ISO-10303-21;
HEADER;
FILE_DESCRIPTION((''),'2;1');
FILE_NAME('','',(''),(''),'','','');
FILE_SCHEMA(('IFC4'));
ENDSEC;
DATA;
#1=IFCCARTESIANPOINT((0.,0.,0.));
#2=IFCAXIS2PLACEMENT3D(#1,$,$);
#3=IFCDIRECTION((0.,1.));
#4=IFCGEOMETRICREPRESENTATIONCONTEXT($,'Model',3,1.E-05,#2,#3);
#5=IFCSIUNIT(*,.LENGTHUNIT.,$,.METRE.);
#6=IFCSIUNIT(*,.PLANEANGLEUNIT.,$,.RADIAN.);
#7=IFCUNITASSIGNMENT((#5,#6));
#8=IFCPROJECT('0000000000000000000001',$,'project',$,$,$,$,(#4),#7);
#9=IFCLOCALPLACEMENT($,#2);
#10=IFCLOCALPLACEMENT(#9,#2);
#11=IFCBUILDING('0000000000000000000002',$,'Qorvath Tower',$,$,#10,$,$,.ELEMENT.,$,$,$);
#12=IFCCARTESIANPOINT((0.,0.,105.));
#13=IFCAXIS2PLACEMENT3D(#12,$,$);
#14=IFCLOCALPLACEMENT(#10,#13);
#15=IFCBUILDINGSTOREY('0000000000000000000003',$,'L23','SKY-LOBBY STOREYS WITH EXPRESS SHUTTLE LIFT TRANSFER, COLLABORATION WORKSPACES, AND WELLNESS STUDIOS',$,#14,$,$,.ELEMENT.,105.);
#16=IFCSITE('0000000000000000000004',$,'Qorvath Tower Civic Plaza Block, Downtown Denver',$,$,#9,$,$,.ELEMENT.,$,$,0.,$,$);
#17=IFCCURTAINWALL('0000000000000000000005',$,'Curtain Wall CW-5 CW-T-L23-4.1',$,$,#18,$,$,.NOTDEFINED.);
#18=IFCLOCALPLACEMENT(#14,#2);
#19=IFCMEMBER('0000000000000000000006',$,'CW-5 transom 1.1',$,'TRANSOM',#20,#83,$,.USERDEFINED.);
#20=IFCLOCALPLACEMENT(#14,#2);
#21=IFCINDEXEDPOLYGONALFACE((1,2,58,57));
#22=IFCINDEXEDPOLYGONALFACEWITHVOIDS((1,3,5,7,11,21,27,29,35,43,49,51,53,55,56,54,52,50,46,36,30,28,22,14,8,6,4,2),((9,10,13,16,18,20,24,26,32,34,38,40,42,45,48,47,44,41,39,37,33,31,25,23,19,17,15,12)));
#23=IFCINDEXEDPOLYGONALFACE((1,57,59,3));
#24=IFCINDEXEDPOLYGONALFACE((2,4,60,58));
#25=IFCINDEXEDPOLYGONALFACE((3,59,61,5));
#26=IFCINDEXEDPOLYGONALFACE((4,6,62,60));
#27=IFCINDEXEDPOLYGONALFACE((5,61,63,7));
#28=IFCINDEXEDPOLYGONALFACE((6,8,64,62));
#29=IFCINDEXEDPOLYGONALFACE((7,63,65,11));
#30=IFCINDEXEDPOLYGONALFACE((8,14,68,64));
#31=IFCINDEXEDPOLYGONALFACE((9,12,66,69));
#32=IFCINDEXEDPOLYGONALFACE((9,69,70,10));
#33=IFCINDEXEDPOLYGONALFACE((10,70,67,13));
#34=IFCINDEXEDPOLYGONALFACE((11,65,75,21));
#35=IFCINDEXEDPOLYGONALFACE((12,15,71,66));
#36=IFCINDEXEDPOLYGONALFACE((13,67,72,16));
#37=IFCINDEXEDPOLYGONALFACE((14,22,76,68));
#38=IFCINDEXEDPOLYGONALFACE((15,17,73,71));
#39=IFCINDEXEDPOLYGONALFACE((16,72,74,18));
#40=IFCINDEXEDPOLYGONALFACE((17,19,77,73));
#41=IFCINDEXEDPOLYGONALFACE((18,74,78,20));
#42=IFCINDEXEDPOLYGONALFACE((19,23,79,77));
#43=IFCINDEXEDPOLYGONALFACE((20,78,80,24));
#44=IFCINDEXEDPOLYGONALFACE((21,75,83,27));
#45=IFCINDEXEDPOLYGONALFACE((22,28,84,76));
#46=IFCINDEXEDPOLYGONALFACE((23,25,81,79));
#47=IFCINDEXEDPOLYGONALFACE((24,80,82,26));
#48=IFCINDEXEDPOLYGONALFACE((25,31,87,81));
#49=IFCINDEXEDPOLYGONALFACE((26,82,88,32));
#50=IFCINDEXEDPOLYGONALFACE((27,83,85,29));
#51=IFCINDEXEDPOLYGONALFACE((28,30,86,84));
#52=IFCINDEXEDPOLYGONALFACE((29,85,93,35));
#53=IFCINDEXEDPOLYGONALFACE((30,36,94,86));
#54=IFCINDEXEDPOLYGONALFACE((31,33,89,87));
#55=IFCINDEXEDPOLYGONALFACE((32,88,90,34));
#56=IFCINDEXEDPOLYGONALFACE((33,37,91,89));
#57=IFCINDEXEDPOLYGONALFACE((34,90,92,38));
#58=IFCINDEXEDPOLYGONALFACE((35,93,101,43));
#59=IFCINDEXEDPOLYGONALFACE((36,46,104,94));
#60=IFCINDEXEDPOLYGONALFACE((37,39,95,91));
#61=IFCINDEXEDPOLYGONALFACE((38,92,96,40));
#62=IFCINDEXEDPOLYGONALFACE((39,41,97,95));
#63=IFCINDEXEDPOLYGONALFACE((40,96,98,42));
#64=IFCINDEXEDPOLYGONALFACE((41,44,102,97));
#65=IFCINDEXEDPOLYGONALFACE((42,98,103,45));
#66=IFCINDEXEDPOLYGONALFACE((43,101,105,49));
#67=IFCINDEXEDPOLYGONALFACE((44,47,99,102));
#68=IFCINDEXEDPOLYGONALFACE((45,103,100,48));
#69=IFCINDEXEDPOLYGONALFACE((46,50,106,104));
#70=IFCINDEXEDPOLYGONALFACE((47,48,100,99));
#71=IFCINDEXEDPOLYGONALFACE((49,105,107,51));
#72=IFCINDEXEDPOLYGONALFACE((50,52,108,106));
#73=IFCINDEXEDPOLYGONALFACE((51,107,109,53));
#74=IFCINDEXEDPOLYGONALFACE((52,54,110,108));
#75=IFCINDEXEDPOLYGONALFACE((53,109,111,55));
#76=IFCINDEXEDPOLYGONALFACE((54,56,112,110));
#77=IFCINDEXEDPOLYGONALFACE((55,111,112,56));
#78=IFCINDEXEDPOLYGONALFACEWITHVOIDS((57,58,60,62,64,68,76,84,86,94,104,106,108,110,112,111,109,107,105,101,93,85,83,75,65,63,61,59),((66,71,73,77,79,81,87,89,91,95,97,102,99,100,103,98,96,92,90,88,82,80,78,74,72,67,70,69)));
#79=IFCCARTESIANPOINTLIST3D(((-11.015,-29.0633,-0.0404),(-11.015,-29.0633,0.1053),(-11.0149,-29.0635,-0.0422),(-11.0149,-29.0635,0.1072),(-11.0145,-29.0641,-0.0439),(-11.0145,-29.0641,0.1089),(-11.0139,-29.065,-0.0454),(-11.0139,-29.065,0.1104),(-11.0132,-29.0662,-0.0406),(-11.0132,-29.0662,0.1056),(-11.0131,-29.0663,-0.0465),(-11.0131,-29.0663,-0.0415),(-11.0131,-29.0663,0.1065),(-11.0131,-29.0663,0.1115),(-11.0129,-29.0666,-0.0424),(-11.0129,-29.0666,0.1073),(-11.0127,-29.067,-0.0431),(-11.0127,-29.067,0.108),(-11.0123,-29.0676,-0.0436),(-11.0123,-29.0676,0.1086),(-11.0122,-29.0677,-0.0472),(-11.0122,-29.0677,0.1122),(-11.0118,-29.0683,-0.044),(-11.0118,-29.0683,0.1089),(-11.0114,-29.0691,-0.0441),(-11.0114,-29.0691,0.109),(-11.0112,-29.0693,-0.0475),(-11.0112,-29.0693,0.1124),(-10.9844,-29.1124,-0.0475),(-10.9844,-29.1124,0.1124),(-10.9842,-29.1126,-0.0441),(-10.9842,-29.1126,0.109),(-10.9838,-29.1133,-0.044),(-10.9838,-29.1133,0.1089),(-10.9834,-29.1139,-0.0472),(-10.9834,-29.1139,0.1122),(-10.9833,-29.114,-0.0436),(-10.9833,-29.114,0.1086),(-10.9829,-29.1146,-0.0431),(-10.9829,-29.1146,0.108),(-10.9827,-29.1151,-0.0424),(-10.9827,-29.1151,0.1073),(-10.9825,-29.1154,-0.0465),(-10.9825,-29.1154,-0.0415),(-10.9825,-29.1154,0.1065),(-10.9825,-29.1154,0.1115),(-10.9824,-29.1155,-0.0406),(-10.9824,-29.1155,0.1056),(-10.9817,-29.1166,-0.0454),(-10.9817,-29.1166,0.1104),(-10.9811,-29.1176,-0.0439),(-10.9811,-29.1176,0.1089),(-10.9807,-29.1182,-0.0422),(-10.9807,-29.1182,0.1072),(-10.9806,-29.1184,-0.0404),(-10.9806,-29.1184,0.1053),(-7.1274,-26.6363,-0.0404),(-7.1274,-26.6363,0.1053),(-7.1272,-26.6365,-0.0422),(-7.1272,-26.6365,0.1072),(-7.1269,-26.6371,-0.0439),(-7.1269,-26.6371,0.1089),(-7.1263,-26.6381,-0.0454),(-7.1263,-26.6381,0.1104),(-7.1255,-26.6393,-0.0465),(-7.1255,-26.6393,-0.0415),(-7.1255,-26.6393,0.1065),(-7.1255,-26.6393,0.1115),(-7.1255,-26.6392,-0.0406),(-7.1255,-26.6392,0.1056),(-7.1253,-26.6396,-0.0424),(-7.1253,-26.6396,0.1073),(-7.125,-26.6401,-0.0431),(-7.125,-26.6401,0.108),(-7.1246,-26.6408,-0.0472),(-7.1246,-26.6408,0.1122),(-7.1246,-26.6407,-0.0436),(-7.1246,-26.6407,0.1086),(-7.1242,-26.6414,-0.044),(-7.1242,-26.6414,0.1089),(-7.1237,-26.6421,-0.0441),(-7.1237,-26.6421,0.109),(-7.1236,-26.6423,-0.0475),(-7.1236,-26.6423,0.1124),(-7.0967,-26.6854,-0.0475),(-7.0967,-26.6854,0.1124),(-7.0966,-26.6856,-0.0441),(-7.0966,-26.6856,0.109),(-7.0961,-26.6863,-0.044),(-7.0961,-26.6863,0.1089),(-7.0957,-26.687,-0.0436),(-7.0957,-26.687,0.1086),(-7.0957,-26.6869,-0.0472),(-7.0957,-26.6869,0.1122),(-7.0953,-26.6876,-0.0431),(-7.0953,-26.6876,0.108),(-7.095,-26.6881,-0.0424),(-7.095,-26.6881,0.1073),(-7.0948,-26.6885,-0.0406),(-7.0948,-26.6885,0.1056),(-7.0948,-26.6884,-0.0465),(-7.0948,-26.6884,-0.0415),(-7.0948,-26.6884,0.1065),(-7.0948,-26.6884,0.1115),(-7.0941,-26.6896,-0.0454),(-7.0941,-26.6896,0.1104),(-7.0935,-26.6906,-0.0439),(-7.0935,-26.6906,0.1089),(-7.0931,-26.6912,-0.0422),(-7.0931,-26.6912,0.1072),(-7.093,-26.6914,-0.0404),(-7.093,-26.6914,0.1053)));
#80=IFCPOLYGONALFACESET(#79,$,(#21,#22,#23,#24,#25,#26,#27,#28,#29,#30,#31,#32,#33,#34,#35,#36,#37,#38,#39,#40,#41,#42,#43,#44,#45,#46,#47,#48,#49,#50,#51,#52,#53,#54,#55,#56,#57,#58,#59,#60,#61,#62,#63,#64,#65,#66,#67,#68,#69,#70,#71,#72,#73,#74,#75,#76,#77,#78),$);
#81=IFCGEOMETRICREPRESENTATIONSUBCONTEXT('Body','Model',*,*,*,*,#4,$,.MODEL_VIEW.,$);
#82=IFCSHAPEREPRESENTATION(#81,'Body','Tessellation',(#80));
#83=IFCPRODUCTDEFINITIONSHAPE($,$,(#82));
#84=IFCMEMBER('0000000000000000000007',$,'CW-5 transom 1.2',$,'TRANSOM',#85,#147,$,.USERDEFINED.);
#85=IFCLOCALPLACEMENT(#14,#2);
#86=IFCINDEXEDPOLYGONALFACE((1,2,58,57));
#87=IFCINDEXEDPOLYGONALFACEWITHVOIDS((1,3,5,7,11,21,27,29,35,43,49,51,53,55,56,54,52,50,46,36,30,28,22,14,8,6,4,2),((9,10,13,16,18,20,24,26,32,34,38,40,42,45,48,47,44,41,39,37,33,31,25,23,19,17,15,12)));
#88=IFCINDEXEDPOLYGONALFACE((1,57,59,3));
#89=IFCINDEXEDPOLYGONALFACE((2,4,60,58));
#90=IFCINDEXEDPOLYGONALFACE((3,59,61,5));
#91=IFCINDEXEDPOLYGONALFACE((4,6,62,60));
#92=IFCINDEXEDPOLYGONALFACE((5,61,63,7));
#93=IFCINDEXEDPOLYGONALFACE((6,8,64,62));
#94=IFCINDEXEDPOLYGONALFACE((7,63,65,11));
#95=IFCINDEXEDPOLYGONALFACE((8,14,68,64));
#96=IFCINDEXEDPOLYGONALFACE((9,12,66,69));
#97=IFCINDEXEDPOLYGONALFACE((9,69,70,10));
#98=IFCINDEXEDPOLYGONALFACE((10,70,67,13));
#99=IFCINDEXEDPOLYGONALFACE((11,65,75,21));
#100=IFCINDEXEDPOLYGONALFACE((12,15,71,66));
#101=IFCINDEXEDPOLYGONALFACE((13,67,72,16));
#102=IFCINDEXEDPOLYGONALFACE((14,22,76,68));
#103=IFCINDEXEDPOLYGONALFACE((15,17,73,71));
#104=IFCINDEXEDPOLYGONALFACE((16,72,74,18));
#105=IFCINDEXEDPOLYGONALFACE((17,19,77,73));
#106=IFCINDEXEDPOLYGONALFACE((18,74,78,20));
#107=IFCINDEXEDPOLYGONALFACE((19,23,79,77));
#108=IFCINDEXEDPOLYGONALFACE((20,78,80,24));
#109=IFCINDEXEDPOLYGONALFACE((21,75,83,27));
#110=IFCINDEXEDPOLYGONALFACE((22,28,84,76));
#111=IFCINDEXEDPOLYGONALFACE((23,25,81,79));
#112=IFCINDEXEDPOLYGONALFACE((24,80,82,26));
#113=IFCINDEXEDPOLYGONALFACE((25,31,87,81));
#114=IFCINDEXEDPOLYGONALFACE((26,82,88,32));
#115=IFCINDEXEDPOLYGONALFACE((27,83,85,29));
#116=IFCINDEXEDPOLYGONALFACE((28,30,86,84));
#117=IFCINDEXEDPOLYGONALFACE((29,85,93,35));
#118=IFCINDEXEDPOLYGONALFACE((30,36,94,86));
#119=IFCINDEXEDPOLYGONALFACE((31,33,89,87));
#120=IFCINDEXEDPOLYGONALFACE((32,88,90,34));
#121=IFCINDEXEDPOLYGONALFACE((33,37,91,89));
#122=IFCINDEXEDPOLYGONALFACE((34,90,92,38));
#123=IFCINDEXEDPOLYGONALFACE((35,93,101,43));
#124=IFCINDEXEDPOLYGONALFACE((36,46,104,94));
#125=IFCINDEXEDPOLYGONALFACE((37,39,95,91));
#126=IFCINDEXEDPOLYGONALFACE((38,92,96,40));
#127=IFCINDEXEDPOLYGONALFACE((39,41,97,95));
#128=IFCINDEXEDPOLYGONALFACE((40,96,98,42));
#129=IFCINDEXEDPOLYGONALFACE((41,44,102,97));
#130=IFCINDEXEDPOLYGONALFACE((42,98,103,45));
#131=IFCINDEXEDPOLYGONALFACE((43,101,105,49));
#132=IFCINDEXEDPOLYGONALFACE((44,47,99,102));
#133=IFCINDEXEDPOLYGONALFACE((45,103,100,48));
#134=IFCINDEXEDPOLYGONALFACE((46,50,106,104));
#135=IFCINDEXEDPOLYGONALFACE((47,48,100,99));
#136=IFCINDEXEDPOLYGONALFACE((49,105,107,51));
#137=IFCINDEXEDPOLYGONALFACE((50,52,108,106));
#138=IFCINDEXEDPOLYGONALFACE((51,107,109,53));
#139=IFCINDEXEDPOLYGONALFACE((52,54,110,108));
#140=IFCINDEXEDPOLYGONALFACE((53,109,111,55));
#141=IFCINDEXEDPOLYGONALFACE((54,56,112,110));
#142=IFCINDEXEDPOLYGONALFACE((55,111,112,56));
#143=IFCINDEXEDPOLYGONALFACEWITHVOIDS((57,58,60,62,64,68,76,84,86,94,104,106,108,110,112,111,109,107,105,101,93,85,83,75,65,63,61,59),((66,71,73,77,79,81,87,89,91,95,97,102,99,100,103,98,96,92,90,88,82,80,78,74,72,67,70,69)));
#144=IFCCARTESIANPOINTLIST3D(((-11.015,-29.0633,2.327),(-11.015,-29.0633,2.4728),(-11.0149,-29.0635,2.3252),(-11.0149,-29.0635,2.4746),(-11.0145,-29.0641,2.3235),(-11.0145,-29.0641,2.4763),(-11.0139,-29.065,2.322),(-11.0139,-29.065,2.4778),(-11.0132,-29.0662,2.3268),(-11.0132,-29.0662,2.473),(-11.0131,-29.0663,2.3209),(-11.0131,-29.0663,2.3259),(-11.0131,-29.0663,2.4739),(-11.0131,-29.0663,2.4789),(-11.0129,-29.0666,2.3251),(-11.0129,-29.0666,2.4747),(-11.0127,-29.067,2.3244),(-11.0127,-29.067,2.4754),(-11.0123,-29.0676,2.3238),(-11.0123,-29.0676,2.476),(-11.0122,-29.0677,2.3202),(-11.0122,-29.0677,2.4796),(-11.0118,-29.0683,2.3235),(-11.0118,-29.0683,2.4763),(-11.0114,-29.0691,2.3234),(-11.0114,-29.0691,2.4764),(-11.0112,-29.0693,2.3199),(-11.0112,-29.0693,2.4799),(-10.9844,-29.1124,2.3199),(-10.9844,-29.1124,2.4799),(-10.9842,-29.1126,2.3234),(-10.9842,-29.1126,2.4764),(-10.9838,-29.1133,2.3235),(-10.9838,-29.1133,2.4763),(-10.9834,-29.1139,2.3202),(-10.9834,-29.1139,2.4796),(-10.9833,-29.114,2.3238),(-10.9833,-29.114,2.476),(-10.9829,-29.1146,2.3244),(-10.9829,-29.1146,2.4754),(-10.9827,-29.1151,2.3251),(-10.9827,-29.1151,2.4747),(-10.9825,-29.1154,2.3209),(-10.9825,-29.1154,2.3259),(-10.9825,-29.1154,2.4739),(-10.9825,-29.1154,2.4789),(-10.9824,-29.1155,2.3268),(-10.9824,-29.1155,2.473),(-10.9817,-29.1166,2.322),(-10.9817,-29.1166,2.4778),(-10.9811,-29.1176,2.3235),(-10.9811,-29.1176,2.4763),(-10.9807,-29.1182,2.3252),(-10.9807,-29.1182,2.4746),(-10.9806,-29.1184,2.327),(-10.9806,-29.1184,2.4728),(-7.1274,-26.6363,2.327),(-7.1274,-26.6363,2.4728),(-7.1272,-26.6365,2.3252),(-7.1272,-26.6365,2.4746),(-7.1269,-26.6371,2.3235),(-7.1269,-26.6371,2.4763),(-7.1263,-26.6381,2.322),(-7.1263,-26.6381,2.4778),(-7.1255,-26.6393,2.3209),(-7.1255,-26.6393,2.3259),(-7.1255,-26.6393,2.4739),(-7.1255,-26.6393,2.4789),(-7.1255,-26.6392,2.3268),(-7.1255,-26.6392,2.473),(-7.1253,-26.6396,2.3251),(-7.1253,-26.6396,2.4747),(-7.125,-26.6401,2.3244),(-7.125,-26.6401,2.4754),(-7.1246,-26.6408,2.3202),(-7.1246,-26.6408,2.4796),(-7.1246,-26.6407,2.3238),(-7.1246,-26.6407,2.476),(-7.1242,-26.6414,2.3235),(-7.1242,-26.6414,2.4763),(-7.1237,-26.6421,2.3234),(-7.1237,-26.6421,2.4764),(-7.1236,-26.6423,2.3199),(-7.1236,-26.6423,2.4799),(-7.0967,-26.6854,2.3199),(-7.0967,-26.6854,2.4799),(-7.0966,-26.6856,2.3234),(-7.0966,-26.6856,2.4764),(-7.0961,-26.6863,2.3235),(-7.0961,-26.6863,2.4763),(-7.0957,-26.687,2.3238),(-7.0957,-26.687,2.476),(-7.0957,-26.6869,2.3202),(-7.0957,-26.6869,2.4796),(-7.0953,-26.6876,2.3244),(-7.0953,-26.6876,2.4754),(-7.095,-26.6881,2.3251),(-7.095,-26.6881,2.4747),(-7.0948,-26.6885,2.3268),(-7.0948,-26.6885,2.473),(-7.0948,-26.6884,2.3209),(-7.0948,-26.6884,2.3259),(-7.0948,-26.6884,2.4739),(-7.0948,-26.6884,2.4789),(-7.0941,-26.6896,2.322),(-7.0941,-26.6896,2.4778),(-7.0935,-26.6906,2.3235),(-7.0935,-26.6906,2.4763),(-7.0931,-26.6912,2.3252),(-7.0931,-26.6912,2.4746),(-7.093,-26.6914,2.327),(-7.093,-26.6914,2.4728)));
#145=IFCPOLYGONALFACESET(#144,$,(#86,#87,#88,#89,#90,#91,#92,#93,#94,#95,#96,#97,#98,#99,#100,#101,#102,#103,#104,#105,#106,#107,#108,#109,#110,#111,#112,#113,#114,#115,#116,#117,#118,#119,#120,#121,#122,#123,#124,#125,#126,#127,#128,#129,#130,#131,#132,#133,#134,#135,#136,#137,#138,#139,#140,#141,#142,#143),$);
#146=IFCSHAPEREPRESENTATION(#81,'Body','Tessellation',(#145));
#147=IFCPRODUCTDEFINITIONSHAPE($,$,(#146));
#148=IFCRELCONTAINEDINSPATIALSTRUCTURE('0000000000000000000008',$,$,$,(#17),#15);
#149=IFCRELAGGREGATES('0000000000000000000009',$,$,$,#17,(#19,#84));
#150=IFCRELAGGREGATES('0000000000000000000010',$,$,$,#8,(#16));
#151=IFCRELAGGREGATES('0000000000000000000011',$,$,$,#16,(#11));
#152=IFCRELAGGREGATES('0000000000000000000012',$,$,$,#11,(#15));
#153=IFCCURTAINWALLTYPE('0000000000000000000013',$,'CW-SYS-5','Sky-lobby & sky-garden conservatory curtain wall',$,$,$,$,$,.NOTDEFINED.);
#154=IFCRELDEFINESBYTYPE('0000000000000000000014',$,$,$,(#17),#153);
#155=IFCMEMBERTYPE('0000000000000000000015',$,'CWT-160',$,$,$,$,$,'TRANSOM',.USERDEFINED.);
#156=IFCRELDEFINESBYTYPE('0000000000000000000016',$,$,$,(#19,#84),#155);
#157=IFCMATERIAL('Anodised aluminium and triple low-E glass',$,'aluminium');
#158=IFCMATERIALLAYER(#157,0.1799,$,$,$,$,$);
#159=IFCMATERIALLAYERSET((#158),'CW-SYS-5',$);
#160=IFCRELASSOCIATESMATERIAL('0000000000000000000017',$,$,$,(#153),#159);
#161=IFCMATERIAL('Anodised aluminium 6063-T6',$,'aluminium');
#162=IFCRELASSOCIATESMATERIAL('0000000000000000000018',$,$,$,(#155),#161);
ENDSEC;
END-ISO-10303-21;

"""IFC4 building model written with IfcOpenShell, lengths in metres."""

from ifc_helpers import new_model, si_unit, direction, frame, origin, origin_2d, place, context, subcontext, project, spatial, hollow_rectangle, extrude, material, layer, layer_set, material_profile, profile_set, type_object, element, aggregate, save


model = new_model("IFC4")

# Units and contexts
model_context = context("Model", 3, precision=1e-05, world=origin(), true_north=direction((0.0, 1.0)))
body_context = subcontext(model_context, "Body", "Model", "MODEL_VIEW")
ifc_project = project(units=[si_unit("LENGTHUNIT", "METRE"), si_unit("PLANEANGLEUNIT", "RADIAN")], contexts=[model_context])

# Site, building, storey
site_placement = place(None, origin())
site = spatial("IfcSite", under=ifc_project, at=site_placement, Name="Qorvath Tower Civic Plaza Block, Downtown Denver", CompositionType="ELEMENT", RefElevation=0.0)
building_placement = place(site_placement, origin())
building = spatial("IfcBuilding", under=site, at=building_placement, Name="Qorvath Tower", CompositionType="ELEMENT")
storey_placement = place(building_placement, frame((0.0, 0.0, 105.0)))
storey = spatial("IfcBuildingStorey", under=building, at=storey_placement, Name="L23", Description="SKY-LOBBY STOREYS WITH EXPRESS SHUTTLE LIFT TRANSFER, COLLABORATION WORKSPACES, AND WELLNESS STUDIOS", CompositionType="ELEMENT", Elevation=105.0)

# Shared definitions
ifc_material_1 = material(Name="Anodised aluminium and triple low-E glass", Category="aluminium")
ifc_layer_1 = layer(ifc_material_1, 0.1799)
ifc_layer_set_1 = layer_set([ifc_layer_1], Name="CW-SYS-5")
curtain_wall_type = type_object("IfcCurtainWallType", Name="CW-SYS-5", Description="Sky-lobby & sky-garden conservatory curtain wall", PredefinedType="NOTDEFINED", material=ifc_layer_set_1)

# Curtain wall
curtain_wall_1_placement = place(storey_placement, origin())
curtain_wall_1 = element("IfcCurtainWall", 1, at=curtain_wall_1_placement, inside=storey, type_object=curtain_wall_type, Name="Curtain Wall CW-5 CW-T-L23-4.1", PredefinedType="NOTDEFINED")

# Members
ifc_material_2 = material(Name="Anodised aluminium 6063-T6", Category="aluminium")
ifc_material_profile_1 = material_profile(ifc_material_2, hollow_rectangle(XDim=0.0649, YDim=0.1599, WallThickness=0.0034, InnerFilletRadius=0.0034, OuterFilletRadius=0.0071, at=origin_2d()), Name="CWT 160x65")
ifc_profile_set_1 = profile_set([ifc_material_profile_1], Name="Anodised aluminium 6063-T6")
member_type_1 = type_object("IfcMemberType", Name="CWT-160", ElementType="TRANSOM", PredefinedType="USERDEFINED", material=ifc_profile_set_1)
member_1_placement = place(storey_placement, frame((-10.9978, -29.0908, 0.0325), z_axis=(0.848274, 0.529558, 0.0), x_axis=(-0.529558, 0.848274, 0.0)))
member_1 = element("IfcMember", 2, at=member_1_placement, type_object=member_type_1, Name="CW-5 transom 1.1", ObjectType="TRANSOM", PredefinedType="USERDEFINED", context=body_context, shape_type="SweptSolid", body=[
    extrude(hollow_rectangle(XDim=0.0649, YDim=0.1599, WallThickness=0.0034, InnerFilletRadius=0.0034, OuterFilletRadius=0.0071, at=origin_2d()), origin(), (0.0, 0.0, 1.0), 4.583),
])
member_2_placement = place(storey_placement, frame((-10.9978, -29.0908, 2.3999), z_axis=(0.848274, 0.529558, 0.0), x_axis=(-0.529558, 0.848274, 0.0)))
member_2 = element("IfcMember", 3, at=member_2_placement, type_object=member_type_1, Name="CW-5 transom 1.2", ObjectType="TRANSOM", PredefinedType="USERDEFINED", context=body_context, shape_type="SweptSolid", body=[
    extrude(hollow_rectangle(XDim=0.0649, YDim=0.1599, WallThickness=0.0034, InnerFilletRadius=0.0034, OuterFilletRadius=0.0071, at=origin_2d()), origin(), (0.0, 0.0, 1.0), 4.583),
])

aggregate(curtain_wall_1, [member_1, member_2])

save(model, "model.ifc")
